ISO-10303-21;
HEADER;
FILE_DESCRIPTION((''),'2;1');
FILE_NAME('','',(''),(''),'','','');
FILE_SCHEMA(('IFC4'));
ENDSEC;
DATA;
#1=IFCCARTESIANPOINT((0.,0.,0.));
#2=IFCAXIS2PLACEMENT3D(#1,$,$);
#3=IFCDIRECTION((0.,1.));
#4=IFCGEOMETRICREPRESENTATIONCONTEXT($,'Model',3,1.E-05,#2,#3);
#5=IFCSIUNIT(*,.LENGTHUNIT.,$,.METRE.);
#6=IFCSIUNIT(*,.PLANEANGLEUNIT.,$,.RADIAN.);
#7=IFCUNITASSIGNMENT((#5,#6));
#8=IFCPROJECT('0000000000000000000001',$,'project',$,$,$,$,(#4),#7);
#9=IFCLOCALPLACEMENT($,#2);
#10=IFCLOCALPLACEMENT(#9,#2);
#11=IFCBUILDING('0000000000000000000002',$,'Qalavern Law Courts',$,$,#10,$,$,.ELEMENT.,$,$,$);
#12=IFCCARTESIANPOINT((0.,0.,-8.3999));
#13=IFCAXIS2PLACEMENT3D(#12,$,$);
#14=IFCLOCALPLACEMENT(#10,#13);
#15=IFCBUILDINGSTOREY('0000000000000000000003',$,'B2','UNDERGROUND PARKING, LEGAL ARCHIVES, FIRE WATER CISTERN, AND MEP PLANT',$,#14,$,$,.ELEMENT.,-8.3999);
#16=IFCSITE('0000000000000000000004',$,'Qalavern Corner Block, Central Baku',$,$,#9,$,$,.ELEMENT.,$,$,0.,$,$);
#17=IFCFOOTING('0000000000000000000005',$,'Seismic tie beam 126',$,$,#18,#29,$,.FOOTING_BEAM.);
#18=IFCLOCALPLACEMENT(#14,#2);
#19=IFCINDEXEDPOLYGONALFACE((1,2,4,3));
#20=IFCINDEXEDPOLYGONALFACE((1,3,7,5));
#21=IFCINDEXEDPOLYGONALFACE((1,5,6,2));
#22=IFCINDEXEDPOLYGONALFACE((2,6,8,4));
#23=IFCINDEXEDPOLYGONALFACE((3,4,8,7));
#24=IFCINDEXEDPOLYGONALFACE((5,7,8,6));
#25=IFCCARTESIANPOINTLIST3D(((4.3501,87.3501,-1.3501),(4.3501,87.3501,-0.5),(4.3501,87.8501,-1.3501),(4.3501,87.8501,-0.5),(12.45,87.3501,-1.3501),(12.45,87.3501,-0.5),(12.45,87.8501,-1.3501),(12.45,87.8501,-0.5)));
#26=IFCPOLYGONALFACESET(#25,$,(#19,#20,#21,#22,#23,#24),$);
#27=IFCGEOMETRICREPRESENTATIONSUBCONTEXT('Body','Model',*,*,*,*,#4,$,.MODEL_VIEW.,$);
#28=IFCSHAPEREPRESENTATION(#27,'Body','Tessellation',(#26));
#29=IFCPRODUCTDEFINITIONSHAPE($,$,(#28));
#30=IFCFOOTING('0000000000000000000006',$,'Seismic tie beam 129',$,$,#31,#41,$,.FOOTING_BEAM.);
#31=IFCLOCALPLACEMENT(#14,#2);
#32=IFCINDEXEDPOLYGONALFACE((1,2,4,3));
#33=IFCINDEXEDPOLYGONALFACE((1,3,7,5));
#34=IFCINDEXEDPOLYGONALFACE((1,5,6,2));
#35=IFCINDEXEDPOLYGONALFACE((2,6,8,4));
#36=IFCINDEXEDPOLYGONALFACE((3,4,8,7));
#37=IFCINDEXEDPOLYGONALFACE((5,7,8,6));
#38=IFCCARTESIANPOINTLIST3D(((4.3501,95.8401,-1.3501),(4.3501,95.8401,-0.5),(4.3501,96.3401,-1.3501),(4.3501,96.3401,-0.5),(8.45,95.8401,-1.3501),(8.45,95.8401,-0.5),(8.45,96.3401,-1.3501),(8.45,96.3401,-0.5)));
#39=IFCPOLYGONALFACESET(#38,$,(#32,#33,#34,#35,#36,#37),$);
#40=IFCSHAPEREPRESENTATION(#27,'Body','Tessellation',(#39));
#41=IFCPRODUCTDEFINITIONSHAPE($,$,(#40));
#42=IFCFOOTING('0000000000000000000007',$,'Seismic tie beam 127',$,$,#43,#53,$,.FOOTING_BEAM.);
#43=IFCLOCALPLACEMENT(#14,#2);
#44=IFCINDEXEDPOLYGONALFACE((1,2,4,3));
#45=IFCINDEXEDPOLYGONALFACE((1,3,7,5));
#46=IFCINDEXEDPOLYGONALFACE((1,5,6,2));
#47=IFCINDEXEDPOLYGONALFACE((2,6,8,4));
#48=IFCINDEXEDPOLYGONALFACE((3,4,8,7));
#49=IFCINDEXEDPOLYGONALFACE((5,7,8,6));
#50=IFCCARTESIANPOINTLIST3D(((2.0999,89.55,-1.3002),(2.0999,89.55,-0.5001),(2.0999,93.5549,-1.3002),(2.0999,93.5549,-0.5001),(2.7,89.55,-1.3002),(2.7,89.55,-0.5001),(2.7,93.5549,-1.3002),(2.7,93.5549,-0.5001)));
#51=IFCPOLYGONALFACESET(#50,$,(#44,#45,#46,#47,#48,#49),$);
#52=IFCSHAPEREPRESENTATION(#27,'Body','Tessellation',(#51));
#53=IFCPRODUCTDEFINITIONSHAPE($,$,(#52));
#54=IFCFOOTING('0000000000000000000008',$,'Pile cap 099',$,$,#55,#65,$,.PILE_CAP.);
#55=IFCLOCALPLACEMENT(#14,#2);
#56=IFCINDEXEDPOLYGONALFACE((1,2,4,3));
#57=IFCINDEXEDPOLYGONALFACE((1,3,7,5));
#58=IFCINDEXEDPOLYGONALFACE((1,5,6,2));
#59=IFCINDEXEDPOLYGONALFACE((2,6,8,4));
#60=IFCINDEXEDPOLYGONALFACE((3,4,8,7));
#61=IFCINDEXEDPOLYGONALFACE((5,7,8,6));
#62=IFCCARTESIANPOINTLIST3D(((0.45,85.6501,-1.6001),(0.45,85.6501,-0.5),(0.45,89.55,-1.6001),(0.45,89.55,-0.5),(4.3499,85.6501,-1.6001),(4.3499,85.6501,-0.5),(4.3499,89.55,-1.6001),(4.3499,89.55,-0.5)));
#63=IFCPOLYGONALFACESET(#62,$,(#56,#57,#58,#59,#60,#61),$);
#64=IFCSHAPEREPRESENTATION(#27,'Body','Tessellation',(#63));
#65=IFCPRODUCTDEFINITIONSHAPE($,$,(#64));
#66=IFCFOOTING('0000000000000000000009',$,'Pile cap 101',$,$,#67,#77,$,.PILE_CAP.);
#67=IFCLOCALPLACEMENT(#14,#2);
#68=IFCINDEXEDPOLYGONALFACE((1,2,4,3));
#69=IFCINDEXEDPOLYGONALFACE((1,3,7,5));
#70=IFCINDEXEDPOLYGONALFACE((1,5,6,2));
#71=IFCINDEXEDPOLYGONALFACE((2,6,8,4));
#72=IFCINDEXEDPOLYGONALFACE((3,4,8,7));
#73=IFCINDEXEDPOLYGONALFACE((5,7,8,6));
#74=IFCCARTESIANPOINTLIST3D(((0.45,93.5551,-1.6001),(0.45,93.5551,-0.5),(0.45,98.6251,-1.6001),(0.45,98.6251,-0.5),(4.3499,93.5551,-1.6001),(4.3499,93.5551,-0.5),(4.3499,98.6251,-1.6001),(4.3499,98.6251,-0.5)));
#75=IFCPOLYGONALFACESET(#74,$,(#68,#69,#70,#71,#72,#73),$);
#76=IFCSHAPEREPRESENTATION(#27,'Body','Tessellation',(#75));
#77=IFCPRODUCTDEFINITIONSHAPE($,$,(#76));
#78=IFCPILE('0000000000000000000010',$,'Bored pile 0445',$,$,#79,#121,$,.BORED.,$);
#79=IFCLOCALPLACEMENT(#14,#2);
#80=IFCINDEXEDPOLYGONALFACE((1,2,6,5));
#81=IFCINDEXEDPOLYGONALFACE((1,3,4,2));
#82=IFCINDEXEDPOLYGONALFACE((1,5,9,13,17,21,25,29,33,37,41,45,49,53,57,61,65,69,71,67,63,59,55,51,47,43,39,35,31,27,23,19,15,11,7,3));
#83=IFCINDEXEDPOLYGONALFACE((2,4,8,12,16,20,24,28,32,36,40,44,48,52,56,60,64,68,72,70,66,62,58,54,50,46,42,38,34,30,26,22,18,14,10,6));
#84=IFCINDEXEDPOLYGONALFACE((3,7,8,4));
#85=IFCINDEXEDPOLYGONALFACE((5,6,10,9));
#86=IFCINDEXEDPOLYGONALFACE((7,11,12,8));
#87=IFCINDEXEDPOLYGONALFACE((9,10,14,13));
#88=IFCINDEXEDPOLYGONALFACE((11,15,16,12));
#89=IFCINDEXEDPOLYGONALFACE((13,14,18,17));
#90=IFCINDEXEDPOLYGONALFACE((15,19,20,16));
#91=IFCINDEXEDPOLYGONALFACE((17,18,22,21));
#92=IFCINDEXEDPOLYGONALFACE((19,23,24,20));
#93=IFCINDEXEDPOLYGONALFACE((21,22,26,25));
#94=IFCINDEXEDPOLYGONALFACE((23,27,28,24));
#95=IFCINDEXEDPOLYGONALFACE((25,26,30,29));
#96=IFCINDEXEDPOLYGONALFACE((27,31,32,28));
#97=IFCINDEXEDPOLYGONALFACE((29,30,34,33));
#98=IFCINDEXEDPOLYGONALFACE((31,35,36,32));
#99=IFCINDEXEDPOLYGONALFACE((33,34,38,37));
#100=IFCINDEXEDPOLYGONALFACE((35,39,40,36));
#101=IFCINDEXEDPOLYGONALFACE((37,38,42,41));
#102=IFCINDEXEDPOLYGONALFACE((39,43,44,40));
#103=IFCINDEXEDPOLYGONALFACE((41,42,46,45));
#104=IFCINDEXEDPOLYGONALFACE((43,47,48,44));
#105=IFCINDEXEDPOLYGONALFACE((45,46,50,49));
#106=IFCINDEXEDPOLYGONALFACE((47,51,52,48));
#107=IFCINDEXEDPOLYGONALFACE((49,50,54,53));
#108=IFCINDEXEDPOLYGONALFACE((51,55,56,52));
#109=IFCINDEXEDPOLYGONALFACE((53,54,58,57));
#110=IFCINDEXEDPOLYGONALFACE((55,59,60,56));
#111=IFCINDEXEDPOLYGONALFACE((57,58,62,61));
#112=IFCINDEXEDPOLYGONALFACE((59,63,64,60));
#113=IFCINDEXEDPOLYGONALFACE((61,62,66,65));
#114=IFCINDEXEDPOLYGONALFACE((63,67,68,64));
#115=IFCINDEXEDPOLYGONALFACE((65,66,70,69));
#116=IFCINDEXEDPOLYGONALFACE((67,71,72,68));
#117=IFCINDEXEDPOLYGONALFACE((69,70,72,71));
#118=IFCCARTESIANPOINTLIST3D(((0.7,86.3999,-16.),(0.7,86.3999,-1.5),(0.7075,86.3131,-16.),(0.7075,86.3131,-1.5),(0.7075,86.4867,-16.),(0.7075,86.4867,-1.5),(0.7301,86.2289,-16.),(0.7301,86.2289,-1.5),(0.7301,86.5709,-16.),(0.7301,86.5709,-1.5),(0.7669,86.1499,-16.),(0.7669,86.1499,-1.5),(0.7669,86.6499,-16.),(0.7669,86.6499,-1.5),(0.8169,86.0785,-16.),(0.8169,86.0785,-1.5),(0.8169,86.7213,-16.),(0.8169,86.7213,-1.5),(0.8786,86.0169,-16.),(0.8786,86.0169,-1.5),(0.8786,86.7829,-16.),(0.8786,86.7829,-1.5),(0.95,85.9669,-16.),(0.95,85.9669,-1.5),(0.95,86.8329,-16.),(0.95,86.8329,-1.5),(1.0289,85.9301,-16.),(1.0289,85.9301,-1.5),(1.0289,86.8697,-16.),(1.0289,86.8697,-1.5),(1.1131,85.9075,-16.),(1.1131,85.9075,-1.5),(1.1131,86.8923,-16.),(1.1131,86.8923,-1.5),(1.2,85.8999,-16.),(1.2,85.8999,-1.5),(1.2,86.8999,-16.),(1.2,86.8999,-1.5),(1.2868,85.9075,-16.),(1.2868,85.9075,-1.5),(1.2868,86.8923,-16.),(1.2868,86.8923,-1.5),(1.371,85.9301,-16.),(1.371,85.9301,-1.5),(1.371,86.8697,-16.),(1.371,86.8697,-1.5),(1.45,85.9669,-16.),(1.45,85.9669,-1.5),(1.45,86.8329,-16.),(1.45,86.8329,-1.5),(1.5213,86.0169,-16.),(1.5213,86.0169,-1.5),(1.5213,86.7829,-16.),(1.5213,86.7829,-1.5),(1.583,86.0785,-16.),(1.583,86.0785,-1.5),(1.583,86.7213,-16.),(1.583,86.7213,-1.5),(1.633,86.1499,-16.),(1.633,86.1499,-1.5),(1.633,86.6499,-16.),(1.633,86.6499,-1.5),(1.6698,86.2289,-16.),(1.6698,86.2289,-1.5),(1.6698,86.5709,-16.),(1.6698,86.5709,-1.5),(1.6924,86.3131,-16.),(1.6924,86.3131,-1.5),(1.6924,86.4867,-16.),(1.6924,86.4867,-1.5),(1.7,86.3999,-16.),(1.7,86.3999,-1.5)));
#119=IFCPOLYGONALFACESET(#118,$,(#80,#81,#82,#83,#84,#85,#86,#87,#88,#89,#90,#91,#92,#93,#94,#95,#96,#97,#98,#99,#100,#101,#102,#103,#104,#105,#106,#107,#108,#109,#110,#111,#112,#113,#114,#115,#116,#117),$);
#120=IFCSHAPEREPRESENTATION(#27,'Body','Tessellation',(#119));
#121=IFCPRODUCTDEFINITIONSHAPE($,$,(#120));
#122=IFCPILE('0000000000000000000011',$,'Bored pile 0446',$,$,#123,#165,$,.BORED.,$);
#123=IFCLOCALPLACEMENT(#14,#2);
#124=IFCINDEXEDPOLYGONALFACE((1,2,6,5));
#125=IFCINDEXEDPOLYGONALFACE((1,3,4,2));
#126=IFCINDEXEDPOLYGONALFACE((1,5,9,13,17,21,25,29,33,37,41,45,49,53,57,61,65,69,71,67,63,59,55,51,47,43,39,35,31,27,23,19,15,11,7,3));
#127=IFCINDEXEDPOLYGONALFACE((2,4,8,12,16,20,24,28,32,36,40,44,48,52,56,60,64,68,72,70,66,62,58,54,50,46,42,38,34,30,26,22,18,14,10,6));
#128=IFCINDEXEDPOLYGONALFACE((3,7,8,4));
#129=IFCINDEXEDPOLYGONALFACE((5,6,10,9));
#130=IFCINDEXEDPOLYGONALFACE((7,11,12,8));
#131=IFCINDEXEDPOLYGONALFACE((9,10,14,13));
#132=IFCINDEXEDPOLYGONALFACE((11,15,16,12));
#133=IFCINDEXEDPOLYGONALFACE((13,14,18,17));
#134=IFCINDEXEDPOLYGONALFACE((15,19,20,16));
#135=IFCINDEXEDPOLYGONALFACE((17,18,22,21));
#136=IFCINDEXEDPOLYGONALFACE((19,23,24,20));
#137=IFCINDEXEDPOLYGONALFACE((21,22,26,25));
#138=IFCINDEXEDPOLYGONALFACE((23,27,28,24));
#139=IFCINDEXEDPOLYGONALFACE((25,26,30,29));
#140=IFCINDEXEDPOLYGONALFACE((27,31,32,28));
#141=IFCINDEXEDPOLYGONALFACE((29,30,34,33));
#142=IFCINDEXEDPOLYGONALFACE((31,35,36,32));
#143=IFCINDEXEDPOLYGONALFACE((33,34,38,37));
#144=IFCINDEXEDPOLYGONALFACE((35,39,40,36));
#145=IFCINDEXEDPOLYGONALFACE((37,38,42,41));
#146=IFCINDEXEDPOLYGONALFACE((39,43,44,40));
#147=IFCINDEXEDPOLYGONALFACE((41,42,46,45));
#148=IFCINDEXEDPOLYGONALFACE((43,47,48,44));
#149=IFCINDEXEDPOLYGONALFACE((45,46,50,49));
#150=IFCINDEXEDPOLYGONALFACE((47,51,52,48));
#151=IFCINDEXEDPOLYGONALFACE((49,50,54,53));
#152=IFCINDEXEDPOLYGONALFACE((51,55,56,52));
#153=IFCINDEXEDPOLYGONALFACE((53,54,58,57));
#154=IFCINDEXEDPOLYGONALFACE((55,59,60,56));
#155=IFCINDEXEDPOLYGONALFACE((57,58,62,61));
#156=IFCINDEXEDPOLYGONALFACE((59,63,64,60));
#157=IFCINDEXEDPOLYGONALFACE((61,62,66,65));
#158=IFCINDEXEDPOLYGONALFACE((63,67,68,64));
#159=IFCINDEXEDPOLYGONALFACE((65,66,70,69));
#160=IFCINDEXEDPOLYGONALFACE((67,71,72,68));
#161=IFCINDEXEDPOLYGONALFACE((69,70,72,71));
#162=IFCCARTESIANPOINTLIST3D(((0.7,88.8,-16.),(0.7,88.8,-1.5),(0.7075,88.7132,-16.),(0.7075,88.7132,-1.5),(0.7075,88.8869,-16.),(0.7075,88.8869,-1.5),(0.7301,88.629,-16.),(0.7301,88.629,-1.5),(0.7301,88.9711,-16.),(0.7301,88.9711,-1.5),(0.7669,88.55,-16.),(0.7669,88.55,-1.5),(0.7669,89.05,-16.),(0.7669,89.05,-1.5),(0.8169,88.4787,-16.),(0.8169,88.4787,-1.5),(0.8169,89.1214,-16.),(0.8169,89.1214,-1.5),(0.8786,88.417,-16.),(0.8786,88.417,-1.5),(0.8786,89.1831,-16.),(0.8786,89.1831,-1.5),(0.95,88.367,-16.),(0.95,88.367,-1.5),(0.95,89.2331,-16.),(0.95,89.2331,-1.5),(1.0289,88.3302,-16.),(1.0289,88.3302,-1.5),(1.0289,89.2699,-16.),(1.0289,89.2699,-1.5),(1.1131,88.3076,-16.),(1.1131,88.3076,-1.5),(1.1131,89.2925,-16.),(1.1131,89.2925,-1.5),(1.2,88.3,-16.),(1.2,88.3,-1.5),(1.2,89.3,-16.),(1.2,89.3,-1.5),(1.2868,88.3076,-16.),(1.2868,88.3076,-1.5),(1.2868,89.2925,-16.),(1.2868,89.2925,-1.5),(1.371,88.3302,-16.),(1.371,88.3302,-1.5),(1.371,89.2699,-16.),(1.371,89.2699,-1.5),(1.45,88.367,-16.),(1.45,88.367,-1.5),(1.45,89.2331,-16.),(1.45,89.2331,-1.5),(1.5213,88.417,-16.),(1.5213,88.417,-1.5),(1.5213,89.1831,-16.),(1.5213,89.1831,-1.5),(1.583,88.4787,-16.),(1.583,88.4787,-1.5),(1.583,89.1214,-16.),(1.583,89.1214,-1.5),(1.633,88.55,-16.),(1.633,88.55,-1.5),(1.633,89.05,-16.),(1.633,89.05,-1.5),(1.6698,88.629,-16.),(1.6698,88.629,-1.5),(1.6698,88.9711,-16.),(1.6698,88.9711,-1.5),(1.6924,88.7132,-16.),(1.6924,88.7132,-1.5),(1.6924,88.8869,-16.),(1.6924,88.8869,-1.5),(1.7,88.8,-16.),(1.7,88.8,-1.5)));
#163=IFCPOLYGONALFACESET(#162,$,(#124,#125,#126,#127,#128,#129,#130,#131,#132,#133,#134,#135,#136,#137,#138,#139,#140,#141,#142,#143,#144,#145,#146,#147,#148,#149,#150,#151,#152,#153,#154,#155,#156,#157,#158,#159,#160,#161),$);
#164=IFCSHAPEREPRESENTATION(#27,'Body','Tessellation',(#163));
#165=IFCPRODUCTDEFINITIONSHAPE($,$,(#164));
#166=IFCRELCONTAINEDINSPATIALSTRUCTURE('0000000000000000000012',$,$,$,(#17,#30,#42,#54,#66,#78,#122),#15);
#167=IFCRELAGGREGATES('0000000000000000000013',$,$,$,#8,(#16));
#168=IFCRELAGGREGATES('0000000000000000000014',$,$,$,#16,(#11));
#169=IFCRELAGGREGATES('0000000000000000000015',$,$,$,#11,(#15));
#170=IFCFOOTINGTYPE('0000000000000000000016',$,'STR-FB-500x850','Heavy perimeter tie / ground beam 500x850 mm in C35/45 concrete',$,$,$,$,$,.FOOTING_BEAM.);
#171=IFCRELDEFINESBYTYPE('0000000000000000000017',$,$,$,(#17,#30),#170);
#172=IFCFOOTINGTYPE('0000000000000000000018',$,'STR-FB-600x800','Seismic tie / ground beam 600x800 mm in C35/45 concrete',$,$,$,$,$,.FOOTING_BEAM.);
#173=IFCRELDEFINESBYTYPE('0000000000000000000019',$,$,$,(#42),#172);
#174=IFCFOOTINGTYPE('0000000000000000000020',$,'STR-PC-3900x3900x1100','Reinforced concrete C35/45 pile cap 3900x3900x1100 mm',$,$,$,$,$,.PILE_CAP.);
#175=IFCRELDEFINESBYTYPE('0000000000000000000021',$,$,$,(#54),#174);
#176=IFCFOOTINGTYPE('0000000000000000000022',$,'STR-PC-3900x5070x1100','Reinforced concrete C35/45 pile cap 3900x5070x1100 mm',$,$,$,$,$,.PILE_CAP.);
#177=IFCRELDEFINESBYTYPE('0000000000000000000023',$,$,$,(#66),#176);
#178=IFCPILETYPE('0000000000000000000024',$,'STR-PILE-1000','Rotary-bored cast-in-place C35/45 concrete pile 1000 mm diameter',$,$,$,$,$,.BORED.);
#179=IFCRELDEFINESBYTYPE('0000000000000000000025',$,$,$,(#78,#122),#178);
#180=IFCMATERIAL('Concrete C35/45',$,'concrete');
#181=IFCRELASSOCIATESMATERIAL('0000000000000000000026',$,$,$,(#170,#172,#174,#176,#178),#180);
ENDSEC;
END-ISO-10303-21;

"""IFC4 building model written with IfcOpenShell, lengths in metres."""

from ifc_helpers import new_model, si_unit, direction, frame, origin, origin_2d, place, context, subcontext, project, spatial, rectangle, circle, extrude, material, material_profile, profile_set, type_object, element, save


model = new_model("IFC4")

# Units and contexts
model_context = context("Model", 3, precision=1e-05, world=origin(), true_north=direction((0.0, 1.0)))
body_context = subcontext(model_context, "Body", "Model", "MODEL_VIEW")
ifc_project = project(units=[si_unit("LENGTHUNIT", "METRE"), si_unit("PLANEANGLEUNIT", "RADIAN")], contexts=[model_context])

# Site, building, storey
site_placement = place(None, origin())
site = spatial("IfcSite", under=ifc_project, at=site_placement, Name="Qalavern Corner Block, Central Baku", CompositionType="ELEMENT", RefElevation=0.0)
building_placement = place(site_placement, origin())
building = spatial("IfcBuilding", under=site, at=building_placement, Name="Qalavern Law Courts", CompositionType="ELEMENT")
storey_placement = place(building_placement, frame((0.0, 0.0, -8.3999)))
storey = spatial("IfcBuildingStorey", under=building, at=storey_placement, Name="B2", Description="UNDERGROUND PARKING, LEGAL ARCHIVES, FIRE WATER CISTERN, AND MEP PLANT", CompositionType="ELEMENT", Elevation=-8.3999)

# Footings
ifc_material_1 = material(Name="Concrete C35/45", Category="concrete")
ifc_material_profile_1 = material_profile(ifc_material_1, rectangle(XDim=0.5, YDim=0.8501, at=origin_2d()), Name="RC 500x850")
ifc_profile_set_1 = profile_set([ifc_material_profile_1], Name="Concrete C35/45")
footing_type_1 = type_object("IfcFootingType", Name="STR-FB-500x850", Description="Heavy perimeter tie / ground beam 500x850 mm in C35/45 concrete", PredefinedType="FOOTING_BEAM", material=ifc_profile_set_1)
footing_1_placement = place(storey_placement, frame((4.3501, 87.6001, -0.925), z_axis=(1.0, 0.0, 0.0), x_axis=(0.0, 1.0, 0.0)))
element("IfcFooting", 1, at=footing_1_placement, inside=storey, type_object=footing_type_1, Name="Seismic tie beam 126", PredefinedType="FOOTING_BEAM", context=body_context, shape_type="SweptSolid", body=[
    extrude(rectangle(XDim=0.5, YDim=0.8501, at=origin_2d()), origin(), (0.0, 0.0, 1.0), 8.0999),
])
footing_2_placement = place(storey_placement, frame((4.3501, 96.0901, -0.925), z_axis=(1.0, 0.0, 0.0), x_axis=(0.0, 1.0, 0.0)))
element("IfcFooting", 2, at=footing_2_placement, inside=storey, type_object=footing_type_1, Name="Seismic tie beam 129", PredefinedType="FOOTING_BEAM", context=body_context, shape_type="SweptSolid", body=[
    extrude(rectangle(XDim=0.5, YDim=0.8501, at=origin_2d()), origin(), (0.0, 0.0, 1.0), 4.0999),
])
ifc_material_profile_2 = material_profile(ifc_material_1, rectangle(XDim=0.6001, YDim=0.8, at=origin_2d()), Name="RC 600x800")
ifc_profile_set_2 = profile_set([ifc_material_profile_2], Name="Concrete C35/45")
footing_type_2 = type_object("IfcFootingType", Name="STR-FB-600x800", Description="Seismic tie / ground beam 600x800 mm in C35/45 concrete", PredefinedType="FOOTING_BEAM", material=ifc_profile_set_2)
footing_3_placement = place(storey_placement, frame((2.3999, 89.55, -0.9001), z_axis=(0.0, 1.0, 0.0), x_axis=(-1.0, 0.0, 0.0)))
element("IfcFooting", 3, at=footing_3_placement, inside=storey, type_object=footing_type_2, Name="Seismic tie beam 127", PredefinedType="FOOTING_BEAM", context=body_context, shape_type="SweptSolid", body=[
    extrude(rectangle(XDim=0.6001, YDim=0.8, at=origin_2d()), origin(), (0.0, 0.0, 1.0), 4.0049),
])
footing_type_3 = type_object("IfcFootingType", Name="STR-PC-3900x3900x1100", Description="Reinforced concrete C35/45 pile cap 3900x3900x1100 mm", PredefinedType="PILE_CAP", material=ifc_material_1)
footing_4_placement = place(storey_placement, frame((2.3999, 87.6001, -1.6001), z_axis=(0.0, 0.0, 1.0), x_axis=(1.0, 0.0, 0.0)))
element("IfcFooting", 4, at=footing_4_placement, inside=storey, type_object=footing_type_3, Name="Pile cap 099", PredefinedType="PILE_CAP", context=body_context, shape_type="SweptSolid", body=[
    extrude(rectangle(XDim=3.8999, YDim=3.8999, at=origin_2d()), origin(), (0.0, 0.0, 1.0), 1.1001),
])
footing_type_4 = type_object("IfcFootingType", Name="STR-PC-3900x5070x1100", Description="Reinforced concrete C35/45 pile cap 3900x5070x1100 mm", PredefinedType="PILE_CAP", material=ifc_material_1)
footing_5_placement = place(storey_placement, frame((2.3999, 96.0901, -1.6001), z_axis=(0.0, 0.0, 1.0), x_axis=(1.0, 0.0, 0.0)))
element("IfcFooting", 5, at=footing_5_placement, inside=storey, type_object=footing_type_4, Name="Pile cap 101", PredefinedType="PILE_CAP", context=body_context, shape_type="SweptSolid", body=[
    extrude(rectangle(XDim=3.8999, YDim=5.0701, at=origin_2d()), origin(), (0.0, 0.0, 1.0), 1.1001),
])

# Piles
ifc_material_profile_3 = material_profile(ifc_material_1, circle(Radius=0.5, at=origin_2d()), Name="BORED PILE 1000")
ifc_profile_set_3 = profile_set([ifc_material_profile_3], Name="Concrete C35/45")
pile_type_1 = type_object("IfcPileType", Name="STR-PILE-1000", Description="Rotary-bored cast-in-place C35/45 concrete pile 1000 mm diameter", PredefinedType="BORED", material=ifc_profile_set_3)
for number, where, z_axis, x_axis, name in (
    (6, (1.2, 86.3999, -1.5), (0.0, 0.0, -1.0), (1.0, 0.0, 0.0), "Bored pile 0445"),
    (7, (1.2, 88.8, -1.5), (0.0, 0.0, -1.0), (1.0, 0.0, 0.0), "Bored pile 0446"),
):
    element("IfcPile", number, at=place(storey_placement, frame(where, z_axis=z_axis, x_axis=x_axis)), inside=storey, type_object=pile_type_1, Name=name, PredefinedType="BORED", context=body_context, shape_type="SweptSolid", body=[
        extrude(circle(Radius=0.5, at=origin_2d()), origin(), (0.0, 0.0, 1.0), 14.5),
    ])

save(model, "model.ifc")
